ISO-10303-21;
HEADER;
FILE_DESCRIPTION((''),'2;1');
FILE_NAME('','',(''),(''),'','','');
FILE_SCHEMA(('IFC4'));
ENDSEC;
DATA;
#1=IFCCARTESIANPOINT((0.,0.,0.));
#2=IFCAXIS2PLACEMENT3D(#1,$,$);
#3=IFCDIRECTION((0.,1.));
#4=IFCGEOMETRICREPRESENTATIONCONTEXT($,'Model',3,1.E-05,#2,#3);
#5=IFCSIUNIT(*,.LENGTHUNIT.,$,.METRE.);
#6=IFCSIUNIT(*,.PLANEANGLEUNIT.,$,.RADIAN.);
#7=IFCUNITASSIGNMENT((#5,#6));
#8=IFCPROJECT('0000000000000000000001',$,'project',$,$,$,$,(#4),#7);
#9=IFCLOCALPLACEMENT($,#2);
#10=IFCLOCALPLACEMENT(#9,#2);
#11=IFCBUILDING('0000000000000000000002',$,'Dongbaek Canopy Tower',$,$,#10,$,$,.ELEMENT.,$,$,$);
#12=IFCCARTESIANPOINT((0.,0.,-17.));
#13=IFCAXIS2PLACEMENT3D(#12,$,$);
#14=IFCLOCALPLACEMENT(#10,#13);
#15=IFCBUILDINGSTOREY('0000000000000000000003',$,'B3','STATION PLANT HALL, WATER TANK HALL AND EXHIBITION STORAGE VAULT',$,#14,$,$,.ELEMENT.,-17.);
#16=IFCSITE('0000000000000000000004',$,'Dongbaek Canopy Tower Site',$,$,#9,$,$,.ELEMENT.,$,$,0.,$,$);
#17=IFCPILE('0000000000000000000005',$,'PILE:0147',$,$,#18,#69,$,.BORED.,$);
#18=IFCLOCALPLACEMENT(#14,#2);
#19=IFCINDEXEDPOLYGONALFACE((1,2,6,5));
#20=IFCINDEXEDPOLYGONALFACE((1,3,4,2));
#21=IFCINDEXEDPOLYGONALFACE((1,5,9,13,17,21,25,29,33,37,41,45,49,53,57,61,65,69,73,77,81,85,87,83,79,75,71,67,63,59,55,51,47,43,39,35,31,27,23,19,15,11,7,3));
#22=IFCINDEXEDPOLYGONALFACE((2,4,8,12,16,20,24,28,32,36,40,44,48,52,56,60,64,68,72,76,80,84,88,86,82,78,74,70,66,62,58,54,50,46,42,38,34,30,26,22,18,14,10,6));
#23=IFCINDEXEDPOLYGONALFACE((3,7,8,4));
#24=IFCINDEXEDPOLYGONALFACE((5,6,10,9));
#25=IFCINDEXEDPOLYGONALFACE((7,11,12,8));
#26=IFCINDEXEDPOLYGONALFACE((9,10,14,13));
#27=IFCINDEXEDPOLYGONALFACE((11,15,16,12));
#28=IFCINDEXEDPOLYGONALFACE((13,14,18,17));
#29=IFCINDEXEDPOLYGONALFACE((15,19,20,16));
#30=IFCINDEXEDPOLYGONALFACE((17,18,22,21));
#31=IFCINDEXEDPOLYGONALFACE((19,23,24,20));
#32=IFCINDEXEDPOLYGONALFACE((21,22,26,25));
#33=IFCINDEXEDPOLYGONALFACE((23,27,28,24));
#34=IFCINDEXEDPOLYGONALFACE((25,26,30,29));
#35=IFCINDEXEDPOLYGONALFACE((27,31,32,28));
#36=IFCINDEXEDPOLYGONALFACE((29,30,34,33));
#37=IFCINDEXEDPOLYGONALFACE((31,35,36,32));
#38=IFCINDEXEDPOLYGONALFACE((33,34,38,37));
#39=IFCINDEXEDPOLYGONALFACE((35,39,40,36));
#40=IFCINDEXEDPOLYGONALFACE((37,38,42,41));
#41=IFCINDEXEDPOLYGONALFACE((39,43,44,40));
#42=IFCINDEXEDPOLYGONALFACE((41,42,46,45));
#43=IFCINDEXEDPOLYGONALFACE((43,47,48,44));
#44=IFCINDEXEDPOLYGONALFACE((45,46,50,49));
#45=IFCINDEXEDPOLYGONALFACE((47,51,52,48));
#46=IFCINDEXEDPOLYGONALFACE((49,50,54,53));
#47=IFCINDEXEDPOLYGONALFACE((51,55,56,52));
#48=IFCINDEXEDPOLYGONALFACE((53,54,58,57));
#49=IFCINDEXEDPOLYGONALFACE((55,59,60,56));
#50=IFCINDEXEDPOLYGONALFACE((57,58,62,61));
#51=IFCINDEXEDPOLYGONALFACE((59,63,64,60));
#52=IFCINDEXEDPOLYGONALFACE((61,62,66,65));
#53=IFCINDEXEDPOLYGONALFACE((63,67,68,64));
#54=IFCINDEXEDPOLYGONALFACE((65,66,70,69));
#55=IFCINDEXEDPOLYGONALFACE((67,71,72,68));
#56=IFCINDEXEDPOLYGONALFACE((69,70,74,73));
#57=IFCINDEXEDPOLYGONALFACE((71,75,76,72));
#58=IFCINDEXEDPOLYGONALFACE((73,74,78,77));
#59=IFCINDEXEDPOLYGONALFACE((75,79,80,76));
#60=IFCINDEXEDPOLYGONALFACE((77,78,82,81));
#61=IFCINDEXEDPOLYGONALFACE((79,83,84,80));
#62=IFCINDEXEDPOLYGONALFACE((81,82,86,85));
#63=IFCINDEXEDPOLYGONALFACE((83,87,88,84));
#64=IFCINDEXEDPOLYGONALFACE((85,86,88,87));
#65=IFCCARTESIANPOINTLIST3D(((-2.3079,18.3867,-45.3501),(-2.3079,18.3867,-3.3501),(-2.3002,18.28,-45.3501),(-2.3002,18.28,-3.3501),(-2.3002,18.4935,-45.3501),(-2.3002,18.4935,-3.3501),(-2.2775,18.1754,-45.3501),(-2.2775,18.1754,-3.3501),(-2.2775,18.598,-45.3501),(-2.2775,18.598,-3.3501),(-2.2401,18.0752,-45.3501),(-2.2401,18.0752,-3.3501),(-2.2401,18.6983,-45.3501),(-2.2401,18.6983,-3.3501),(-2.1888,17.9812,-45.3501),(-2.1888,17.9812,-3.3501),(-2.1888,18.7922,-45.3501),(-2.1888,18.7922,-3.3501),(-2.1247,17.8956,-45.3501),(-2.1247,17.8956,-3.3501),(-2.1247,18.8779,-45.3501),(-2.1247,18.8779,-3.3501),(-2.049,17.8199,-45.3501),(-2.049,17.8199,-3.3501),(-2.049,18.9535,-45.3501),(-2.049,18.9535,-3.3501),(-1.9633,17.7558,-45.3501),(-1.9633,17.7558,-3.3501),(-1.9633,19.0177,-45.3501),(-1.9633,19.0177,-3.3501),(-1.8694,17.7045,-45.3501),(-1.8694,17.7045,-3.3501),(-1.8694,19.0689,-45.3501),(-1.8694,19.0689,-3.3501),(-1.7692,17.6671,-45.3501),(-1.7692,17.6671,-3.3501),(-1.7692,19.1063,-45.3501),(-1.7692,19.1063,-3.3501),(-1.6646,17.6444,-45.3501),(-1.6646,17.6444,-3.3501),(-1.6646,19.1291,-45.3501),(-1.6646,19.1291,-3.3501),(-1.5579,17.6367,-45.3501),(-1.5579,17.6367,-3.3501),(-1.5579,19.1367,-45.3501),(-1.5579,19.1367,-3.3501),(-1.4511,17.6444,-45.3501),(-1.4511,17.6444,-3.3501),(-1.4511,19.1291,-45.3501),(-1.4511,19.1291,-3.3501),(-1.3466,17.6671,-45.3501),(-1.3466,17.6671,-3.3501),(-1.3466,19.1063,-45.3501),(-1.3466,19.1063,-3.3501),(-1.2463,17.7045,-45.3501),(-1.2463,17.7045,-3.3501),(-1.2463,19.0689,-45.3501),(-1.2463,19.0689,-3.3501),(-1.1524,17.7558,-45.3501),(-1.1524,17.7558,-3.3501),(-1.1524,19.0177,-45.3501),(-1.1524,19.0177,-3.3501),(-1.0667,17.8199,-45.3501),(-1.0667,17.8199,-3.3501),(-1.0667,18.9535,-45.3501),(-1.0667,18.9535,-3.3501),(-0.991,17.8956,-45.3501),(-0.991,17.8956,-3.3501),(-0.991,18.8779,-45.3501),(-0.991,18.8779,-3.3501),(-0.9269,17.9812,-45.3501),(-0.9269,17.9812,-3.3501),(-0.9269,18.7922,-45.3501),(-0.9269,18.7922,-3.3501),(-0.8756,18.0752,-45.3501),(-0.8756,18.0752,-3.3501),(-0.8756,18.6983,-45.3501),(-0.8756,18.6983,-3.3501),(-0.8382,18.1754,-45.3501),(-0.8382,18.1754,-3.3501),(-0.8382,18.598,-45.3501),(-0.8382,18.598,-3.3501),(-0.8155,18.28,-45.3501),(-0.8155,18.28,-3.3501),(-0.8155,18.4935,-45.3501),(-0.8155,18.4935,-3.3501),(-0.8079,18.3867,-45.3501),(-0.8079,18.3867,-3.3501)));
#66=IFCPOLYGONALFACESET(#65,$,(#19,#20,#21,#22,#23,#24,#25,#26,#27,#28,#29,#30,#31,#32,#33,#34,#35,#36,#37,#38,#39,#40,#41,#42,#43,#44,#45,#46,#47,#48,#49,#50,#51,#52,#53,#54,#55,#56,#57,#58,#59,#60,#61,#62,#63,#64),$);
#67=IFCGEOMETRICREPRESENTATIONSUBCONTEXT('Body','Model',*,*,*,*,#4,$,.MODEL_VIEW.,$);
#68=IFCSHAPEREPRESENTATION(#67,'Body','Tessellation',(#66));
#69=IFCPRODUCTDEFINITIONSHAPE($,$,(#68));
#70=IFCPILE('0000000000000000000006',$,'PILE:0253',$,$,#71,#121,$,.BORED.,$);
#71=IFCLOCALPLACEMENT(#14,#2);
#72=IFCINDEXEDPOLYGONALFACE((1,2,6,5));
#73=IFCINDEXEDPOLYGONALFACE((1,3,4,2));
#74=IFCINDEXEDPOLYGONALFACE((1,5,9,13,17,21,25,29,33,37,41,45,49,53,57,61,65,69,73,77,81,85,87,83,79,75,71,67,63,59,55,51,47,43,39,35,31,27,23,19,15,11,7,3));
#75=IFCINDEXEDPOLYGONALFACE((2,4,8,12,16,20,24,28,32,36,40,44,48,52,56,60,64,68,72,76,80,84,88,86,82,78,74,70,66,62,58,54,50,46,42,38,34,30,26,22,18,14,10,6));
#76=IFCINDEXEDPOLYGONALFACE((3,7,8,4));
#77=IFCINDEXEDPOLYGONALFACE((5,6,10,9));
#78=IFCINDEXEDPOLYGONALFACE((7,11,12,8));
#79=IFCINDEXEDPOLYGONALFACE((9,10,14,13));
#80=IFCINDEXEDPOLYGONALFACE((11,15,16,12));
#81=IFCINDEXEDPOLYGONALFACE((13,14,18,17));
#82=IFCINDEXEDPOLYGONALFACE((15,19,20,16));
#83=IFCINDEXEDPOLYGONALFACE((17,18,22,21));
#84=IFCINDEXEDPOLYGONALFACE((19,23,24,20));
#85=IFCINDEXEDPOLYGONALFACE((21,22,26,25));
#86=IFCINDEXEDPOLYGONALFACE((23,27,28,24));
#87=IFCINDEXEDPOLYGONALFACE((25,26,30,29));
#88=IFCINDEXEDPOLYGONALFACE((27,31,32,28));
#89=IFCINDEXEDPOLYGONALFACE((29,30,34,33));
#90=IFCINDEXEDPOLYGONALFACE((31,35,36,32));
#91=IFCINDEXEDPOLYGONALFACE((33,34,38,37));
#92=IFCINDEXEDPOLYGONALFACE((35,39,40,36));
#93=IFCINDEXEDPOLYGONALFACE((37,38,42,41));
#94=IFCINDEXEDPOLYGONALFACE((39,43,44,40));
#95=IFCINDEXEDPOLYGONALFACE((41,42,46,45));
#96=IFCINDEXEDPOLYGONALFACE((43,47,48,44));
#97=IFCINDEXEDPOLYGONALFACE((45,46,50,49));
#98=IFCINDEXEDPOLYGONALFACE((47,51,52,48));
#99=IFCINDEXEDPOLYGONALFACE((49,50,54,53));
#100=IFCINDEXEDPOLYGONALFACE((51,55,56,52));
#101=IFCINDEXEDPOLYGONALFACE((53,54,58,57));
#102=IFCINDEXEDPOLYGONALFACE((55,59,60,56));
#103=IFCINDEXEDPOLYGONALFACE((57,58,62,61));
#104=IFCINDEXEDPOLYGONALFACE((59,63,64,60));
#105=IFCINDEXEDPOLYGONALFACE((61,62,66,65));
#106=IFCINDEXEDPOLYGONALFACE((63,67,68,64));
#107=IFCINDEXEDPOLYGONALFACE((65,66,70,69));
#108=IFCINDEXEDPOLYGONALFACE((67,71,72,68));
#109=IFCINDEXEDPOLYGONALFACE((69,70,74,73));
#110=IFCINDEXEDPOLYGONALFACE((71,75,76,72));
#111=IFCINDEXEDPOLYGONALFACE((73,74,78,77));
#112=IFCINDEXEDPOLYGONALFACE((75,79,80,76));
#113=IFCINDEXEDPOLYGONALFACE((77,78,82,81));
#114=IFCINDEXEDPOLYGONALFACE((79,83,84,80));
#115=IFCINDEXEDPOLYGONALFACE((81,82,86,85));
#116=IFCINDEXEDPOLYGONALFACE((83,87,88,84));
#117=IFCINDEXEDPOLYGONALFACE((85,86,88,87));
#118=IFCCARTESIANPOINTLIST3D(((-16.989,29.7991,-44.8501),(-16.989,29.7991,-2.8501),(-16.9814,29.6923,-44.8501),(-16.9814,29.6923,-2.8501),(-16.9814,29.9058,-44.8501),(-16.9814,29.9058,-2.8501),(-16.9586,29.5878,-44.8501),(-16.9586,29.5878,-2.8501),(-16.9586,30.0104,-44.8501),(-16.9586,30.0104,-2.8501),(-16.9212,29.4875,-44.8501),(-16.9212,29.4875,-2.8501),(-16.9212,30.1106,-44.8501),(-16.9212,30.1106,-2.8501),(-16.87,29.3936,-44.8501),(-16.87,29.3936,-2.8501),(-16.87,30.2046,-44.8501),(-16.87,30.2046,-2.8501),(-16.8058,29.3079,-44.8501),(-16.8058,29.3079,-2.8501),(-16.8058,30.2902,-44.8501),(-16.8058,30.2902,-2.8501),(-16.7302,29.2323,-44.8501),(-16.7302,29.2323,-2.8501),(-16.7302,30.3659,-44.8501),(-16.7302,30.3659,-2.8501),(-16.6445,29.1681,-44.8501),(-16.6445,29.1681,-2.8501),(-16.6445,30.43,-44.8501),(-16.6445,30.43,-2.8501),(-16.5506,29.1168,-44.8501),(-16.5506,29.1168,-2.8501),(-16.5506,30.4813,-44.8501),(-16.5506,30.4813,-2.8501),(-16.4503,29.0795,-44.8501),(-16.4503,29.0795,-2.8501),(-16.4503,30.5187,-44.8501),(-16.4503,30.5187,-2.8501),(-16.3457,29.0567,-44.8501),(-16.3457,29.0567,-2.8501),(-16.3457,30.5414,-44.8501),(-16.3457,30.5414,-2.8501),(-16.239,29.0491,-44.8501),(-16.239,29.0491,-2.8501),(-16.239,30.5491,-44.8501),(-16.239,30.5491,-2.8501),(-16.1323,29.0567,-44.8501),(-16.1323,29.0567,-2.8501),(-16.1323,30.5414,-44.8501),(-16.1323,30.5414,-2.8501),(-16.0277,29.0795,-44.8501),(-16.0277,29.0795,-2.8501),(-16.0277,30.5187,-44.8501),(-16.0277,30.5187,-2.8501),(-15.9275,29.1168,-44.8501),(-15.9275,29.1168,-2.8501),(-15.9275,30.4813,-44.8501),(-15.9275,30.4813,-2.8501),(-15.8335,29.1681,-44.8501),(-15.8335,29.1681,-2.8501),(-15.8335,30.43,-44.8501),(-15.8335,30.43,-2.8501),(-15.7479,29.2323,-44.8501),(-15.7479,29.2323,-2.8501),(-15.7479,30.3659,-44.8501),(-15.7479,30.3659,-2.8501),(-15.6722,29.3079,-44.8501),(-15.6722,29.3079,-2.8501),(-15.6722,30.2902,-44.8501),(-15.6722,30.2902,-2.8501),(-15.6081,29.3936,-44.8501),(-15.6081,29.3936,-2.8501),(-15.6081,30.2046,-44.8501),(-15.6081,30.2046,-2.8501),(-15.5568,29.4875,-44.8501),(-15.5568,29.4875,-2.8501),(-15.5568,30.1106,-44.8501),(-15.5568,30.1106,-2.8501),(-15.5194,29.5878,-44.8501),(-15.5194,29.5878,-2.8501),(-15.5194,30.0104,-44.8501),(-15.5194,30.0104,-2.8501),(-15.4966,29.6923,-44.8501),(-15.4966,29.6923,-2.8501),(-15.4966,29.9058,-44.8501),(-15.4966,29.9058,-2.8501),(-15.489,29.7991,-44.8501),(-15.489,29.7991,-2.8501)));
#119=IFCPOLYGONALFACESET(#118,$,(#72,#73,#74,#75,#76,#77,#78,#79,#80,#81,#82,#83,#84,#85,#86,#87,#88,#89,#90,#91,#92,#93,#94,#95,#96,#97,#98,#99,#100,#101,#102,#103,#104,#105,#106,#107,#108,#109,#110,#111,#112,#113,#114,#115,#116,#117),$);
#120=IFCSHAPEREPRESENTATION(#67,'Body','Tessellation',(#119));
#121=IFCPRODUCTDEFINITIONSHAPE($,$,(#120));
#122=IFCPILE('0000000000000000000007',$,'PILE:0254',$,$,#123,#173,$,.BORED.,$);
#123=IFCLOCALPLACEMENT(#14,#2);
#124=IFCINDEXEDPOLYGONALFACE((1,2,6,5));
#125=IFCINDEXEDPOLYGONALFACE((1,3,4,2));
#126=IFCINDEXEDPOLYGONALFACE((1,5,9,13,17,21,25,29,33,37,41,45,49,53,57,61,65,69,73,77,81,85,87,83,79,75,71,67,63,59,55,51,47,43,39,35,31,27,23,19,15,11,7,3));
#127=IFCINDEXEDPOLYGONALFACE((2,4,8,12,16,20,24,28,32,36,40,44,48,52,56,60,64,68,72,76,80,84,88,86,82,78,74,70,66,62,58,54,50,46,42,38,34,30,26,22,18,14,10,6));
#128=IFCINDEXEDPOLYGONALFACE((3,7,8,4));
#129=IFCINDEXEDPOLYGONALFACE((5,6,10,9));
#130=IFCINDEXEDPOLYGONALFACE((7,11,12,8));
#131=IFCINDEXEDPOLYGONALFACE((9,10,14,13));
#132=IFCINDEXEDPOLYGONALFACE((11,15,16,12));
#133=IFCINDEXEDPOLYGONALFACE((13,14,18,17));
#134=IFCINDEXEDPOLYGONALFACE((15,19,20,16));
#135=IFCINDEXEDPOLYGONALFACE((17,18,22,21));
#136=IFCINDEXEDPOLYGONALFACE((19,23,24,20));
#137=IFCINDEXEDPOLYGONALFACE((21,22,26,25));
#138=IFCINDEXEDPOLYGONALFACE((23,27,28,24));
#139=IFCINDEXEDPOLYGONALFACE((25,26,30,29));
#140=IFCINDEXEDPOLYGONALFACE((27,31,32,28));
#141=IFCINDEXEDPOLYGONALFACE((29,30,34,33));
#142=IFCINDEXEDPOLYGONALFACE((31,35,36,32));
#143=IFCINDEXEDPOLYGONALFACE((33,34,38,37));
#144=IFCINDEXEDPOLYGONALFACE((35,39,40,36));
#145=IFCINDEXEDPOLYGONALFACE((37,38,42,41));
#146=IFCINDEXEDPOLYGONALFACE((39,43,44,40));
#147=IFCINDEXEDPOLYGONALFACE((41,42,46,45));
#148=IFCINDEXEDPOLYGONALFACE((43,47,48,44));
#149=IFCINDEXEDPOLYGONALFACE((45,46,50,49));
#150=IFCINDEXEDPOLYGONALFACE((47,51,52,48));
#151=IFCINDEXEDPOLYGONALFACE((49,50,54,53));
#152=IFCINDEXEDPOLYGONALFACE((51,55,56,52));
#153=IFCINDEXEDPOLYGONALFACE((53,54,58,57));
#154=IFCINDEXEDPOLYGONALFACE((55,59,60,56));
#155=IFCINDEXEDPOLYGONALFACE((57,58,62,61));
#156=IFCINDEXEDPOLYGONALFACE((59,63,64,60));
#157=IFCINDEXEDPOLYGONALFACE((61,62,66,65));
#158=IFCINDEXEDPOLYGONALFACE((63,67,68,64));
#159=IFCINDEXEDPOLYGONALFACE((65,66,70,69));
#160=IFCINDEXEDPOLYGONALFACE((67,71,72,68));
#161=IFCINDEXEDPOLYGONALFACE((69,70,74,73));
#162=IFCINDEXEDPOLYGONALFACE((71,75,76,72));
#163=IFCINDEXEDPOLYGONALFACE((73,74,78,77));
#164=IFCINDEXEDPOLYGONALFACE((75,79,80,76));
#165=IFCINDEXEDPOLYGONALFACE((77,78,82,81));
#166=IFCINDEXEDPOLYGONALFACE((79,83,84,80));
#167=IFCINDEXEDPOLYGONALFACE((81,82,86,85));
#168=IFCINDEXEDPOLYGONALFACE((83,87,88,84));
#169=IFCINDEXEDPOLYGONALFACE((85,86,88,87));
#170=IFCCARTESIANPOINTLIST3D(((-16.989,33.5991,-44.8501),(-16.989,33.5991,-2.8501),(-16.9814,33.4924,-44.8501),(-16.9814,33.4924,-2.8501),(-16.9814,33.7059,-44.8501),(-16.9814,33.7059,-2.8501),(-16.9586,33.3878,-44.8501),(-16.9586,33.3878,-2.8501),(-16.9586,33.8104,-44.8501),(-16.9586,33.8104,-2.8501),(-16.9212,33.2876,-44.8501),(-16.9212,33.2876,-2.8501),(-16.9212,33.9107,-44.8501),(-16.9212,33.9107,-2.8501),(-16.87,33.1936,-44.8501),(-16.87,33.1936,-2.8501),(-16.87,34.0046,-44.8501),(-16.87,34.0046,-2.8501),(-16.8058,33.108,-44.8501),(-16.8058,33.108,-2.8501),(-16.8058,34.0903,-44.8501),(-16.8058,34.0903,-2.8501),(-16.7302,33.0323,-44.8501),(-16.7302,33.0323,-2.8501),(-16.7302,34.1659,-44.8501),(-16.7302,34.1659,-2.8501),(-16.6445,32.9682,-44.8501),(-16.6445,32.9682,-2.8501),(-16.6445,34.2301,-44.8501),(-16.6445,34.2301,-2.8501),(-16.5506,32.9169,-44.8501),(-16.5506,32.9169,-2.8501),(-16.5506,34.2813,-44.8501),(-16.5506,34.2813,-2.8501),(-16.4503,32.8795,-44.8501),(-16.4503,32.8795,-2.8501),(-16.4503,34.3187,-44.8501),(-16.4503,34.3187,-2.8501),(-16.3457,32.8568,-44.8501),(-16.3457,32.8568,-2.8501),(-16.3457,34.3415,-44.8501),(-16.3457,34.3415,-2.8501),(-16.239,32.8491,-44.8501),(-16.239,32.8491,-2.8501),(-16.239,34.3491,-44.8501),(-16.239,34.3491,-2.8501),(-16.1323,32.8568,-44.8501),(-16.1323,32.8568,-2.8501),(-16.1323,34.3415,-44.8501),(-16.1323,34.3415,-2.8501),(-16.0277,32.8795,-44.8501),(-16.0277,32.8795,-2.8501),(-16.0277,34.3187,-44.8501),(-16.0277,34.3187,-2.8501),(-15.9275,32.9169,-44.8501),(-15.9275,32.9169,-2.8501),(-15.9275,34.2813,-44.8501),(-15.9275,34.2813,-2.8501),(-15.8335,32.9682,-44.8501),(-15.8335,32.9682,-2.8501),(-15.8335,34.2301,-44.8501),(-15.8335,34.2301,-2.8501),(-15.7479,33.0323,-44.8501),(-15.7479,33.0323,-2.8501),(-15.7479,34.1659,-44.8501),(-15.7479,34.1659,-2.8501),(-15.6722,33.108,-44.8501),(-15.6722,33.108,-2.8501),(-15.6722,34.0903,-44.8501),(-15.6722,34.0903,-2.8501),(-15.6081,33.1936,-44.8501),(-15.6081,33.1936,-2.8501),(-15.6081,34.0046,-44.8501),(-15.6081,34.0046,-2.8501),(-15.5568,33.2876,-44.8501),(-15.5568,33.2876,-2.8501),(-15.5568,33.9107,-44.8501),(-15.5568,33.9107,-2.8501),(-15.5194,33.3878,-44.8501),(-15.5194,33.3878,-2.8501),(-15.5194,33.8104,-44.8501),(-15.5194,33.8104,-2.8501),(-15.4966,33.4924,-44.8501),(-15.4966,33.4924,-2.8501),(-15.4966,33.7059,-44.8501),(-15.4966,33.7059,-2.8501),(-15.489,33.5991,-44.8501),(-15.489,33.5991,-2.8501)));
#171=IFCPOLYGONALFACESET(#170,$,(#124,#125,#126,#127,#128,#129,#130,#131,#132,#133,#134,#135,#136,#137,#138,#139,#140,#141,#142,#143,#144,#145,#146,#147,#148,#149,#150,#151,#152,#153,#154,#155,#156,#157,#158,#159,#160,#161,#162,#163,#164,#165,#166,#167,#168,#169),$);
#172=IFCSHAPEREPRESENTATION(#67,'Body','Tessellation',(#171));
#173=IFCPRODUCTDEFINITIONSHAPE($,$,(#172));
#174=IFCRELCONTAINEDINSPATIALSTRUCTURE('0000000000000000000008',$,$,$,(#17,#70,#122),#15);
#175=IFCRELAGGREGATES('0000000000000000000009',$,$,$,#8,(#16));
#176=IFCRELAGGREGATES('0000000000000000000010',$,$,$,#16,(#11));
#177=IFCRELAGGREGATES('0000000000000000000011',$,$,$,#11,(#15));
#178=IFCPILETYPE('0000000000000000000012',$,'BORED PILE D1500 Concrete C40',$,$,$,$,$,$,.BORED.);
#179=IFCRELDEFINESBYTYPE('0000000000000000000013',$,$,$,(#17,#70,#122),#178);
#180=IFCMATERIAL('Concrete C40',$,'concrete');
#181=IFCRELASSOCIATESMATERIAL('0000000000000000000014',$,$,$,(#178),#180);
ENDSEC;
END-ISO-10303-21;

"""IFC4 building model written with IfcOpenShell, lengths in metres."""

from ifc_helpers import new_model, si_unit, direction, frame, origin, origin_2d, place, context, subcontext, project, spatial, circle, extrude, material, material_profile, profile_set, type_object, element, save


model = new_model("IFC4")

# Units and contexts
model_context = context("Model", 3, precision=1e-05, world=origin(), true_north=direction((0.0, 1.0)))
body_context = subcontext(model_context, "Body", "Model", "MODEL_VIEW")
ifc_project = project(units=[si_unit("LENGTHUNIT", "METRE"), si_unit("PLANEANGLEUNIT", "RADIAN")], contexts=[model_context])

# Site, building, storey
site_placement = place(None, origin())
site = spatial("IfcSite", under=ifc_project, at=site_placement, Name="Dongbaek Canopy Tower Site", CompositionType="ELEMENT", RefElevation=0.0)
building_placement = place(site_placement, origin())
building = spatial("IfcBuilding", under=site, at=building_placement, Name="Dongbaek Canopy Tower", CompositionType="ELEMENT")
storey_placement = place(building_placement, frame((0.0, 0.0, -17.0)))
storey = spatial("IfcBuildingStorey", under=building, at=storey_placement, Name="B3", Description="STATION PLANT HALL, WATER TANK HALL AND EXHIBITION STORAGE VAULT", CompositionType="ELEMENT", Elevation=-17.0)

# Piles
ifc_material_1 = material(Name="Concrete C40", Category="concrete")
ifc_material_profile_1 = material_profile(ifc_material_1, circle(Radius=0.75, at=origin_2d()), Name="BORED PILE D1500 Concrete C40")
ifc_profile_set_1 = profile_set([ifc_material_profile_1], Name="Concrete C40")
pile_type = type_object("IfcPileType", Name="BORED PILE D1500 Concrete C40", PredefinedType="BORED", material=ifc_profile_set_1)
for number, where, z_axis, x_axis, name in (
    (1, (-1.5579, 18.3867, -3.3501), (0.0, 0.0, -1.0), (1.0, 0.0, 0.0), "PILE:0147"),
    (2, (-16.239, 29.7991, -2.8501), (0.0, 0.0, -1.0), (1.0, 0.0, 0.0), "PILE:0253"),
    (3, (-16.239, 33.5991, -2.8501), (0.0, 0.0, -1.0), (1.0, 0.0, 0.0), "PILE:0254"),
):
    element("IfcPile", number, at=place(storey_placement, frame(where, z_axis=z_axis, x_axis=x_axis)), inside=storey, type_object=pile_type, Name=name, PredefinedType="BORED", context=body_context, shape_type="SweptSolid", body=[
        extrude(circle(Radius=0.75, at=origin_2d()), origin(), (0.0, 0.0, 1.0), 42.0),
    ])

save(model, "model.ifc")
